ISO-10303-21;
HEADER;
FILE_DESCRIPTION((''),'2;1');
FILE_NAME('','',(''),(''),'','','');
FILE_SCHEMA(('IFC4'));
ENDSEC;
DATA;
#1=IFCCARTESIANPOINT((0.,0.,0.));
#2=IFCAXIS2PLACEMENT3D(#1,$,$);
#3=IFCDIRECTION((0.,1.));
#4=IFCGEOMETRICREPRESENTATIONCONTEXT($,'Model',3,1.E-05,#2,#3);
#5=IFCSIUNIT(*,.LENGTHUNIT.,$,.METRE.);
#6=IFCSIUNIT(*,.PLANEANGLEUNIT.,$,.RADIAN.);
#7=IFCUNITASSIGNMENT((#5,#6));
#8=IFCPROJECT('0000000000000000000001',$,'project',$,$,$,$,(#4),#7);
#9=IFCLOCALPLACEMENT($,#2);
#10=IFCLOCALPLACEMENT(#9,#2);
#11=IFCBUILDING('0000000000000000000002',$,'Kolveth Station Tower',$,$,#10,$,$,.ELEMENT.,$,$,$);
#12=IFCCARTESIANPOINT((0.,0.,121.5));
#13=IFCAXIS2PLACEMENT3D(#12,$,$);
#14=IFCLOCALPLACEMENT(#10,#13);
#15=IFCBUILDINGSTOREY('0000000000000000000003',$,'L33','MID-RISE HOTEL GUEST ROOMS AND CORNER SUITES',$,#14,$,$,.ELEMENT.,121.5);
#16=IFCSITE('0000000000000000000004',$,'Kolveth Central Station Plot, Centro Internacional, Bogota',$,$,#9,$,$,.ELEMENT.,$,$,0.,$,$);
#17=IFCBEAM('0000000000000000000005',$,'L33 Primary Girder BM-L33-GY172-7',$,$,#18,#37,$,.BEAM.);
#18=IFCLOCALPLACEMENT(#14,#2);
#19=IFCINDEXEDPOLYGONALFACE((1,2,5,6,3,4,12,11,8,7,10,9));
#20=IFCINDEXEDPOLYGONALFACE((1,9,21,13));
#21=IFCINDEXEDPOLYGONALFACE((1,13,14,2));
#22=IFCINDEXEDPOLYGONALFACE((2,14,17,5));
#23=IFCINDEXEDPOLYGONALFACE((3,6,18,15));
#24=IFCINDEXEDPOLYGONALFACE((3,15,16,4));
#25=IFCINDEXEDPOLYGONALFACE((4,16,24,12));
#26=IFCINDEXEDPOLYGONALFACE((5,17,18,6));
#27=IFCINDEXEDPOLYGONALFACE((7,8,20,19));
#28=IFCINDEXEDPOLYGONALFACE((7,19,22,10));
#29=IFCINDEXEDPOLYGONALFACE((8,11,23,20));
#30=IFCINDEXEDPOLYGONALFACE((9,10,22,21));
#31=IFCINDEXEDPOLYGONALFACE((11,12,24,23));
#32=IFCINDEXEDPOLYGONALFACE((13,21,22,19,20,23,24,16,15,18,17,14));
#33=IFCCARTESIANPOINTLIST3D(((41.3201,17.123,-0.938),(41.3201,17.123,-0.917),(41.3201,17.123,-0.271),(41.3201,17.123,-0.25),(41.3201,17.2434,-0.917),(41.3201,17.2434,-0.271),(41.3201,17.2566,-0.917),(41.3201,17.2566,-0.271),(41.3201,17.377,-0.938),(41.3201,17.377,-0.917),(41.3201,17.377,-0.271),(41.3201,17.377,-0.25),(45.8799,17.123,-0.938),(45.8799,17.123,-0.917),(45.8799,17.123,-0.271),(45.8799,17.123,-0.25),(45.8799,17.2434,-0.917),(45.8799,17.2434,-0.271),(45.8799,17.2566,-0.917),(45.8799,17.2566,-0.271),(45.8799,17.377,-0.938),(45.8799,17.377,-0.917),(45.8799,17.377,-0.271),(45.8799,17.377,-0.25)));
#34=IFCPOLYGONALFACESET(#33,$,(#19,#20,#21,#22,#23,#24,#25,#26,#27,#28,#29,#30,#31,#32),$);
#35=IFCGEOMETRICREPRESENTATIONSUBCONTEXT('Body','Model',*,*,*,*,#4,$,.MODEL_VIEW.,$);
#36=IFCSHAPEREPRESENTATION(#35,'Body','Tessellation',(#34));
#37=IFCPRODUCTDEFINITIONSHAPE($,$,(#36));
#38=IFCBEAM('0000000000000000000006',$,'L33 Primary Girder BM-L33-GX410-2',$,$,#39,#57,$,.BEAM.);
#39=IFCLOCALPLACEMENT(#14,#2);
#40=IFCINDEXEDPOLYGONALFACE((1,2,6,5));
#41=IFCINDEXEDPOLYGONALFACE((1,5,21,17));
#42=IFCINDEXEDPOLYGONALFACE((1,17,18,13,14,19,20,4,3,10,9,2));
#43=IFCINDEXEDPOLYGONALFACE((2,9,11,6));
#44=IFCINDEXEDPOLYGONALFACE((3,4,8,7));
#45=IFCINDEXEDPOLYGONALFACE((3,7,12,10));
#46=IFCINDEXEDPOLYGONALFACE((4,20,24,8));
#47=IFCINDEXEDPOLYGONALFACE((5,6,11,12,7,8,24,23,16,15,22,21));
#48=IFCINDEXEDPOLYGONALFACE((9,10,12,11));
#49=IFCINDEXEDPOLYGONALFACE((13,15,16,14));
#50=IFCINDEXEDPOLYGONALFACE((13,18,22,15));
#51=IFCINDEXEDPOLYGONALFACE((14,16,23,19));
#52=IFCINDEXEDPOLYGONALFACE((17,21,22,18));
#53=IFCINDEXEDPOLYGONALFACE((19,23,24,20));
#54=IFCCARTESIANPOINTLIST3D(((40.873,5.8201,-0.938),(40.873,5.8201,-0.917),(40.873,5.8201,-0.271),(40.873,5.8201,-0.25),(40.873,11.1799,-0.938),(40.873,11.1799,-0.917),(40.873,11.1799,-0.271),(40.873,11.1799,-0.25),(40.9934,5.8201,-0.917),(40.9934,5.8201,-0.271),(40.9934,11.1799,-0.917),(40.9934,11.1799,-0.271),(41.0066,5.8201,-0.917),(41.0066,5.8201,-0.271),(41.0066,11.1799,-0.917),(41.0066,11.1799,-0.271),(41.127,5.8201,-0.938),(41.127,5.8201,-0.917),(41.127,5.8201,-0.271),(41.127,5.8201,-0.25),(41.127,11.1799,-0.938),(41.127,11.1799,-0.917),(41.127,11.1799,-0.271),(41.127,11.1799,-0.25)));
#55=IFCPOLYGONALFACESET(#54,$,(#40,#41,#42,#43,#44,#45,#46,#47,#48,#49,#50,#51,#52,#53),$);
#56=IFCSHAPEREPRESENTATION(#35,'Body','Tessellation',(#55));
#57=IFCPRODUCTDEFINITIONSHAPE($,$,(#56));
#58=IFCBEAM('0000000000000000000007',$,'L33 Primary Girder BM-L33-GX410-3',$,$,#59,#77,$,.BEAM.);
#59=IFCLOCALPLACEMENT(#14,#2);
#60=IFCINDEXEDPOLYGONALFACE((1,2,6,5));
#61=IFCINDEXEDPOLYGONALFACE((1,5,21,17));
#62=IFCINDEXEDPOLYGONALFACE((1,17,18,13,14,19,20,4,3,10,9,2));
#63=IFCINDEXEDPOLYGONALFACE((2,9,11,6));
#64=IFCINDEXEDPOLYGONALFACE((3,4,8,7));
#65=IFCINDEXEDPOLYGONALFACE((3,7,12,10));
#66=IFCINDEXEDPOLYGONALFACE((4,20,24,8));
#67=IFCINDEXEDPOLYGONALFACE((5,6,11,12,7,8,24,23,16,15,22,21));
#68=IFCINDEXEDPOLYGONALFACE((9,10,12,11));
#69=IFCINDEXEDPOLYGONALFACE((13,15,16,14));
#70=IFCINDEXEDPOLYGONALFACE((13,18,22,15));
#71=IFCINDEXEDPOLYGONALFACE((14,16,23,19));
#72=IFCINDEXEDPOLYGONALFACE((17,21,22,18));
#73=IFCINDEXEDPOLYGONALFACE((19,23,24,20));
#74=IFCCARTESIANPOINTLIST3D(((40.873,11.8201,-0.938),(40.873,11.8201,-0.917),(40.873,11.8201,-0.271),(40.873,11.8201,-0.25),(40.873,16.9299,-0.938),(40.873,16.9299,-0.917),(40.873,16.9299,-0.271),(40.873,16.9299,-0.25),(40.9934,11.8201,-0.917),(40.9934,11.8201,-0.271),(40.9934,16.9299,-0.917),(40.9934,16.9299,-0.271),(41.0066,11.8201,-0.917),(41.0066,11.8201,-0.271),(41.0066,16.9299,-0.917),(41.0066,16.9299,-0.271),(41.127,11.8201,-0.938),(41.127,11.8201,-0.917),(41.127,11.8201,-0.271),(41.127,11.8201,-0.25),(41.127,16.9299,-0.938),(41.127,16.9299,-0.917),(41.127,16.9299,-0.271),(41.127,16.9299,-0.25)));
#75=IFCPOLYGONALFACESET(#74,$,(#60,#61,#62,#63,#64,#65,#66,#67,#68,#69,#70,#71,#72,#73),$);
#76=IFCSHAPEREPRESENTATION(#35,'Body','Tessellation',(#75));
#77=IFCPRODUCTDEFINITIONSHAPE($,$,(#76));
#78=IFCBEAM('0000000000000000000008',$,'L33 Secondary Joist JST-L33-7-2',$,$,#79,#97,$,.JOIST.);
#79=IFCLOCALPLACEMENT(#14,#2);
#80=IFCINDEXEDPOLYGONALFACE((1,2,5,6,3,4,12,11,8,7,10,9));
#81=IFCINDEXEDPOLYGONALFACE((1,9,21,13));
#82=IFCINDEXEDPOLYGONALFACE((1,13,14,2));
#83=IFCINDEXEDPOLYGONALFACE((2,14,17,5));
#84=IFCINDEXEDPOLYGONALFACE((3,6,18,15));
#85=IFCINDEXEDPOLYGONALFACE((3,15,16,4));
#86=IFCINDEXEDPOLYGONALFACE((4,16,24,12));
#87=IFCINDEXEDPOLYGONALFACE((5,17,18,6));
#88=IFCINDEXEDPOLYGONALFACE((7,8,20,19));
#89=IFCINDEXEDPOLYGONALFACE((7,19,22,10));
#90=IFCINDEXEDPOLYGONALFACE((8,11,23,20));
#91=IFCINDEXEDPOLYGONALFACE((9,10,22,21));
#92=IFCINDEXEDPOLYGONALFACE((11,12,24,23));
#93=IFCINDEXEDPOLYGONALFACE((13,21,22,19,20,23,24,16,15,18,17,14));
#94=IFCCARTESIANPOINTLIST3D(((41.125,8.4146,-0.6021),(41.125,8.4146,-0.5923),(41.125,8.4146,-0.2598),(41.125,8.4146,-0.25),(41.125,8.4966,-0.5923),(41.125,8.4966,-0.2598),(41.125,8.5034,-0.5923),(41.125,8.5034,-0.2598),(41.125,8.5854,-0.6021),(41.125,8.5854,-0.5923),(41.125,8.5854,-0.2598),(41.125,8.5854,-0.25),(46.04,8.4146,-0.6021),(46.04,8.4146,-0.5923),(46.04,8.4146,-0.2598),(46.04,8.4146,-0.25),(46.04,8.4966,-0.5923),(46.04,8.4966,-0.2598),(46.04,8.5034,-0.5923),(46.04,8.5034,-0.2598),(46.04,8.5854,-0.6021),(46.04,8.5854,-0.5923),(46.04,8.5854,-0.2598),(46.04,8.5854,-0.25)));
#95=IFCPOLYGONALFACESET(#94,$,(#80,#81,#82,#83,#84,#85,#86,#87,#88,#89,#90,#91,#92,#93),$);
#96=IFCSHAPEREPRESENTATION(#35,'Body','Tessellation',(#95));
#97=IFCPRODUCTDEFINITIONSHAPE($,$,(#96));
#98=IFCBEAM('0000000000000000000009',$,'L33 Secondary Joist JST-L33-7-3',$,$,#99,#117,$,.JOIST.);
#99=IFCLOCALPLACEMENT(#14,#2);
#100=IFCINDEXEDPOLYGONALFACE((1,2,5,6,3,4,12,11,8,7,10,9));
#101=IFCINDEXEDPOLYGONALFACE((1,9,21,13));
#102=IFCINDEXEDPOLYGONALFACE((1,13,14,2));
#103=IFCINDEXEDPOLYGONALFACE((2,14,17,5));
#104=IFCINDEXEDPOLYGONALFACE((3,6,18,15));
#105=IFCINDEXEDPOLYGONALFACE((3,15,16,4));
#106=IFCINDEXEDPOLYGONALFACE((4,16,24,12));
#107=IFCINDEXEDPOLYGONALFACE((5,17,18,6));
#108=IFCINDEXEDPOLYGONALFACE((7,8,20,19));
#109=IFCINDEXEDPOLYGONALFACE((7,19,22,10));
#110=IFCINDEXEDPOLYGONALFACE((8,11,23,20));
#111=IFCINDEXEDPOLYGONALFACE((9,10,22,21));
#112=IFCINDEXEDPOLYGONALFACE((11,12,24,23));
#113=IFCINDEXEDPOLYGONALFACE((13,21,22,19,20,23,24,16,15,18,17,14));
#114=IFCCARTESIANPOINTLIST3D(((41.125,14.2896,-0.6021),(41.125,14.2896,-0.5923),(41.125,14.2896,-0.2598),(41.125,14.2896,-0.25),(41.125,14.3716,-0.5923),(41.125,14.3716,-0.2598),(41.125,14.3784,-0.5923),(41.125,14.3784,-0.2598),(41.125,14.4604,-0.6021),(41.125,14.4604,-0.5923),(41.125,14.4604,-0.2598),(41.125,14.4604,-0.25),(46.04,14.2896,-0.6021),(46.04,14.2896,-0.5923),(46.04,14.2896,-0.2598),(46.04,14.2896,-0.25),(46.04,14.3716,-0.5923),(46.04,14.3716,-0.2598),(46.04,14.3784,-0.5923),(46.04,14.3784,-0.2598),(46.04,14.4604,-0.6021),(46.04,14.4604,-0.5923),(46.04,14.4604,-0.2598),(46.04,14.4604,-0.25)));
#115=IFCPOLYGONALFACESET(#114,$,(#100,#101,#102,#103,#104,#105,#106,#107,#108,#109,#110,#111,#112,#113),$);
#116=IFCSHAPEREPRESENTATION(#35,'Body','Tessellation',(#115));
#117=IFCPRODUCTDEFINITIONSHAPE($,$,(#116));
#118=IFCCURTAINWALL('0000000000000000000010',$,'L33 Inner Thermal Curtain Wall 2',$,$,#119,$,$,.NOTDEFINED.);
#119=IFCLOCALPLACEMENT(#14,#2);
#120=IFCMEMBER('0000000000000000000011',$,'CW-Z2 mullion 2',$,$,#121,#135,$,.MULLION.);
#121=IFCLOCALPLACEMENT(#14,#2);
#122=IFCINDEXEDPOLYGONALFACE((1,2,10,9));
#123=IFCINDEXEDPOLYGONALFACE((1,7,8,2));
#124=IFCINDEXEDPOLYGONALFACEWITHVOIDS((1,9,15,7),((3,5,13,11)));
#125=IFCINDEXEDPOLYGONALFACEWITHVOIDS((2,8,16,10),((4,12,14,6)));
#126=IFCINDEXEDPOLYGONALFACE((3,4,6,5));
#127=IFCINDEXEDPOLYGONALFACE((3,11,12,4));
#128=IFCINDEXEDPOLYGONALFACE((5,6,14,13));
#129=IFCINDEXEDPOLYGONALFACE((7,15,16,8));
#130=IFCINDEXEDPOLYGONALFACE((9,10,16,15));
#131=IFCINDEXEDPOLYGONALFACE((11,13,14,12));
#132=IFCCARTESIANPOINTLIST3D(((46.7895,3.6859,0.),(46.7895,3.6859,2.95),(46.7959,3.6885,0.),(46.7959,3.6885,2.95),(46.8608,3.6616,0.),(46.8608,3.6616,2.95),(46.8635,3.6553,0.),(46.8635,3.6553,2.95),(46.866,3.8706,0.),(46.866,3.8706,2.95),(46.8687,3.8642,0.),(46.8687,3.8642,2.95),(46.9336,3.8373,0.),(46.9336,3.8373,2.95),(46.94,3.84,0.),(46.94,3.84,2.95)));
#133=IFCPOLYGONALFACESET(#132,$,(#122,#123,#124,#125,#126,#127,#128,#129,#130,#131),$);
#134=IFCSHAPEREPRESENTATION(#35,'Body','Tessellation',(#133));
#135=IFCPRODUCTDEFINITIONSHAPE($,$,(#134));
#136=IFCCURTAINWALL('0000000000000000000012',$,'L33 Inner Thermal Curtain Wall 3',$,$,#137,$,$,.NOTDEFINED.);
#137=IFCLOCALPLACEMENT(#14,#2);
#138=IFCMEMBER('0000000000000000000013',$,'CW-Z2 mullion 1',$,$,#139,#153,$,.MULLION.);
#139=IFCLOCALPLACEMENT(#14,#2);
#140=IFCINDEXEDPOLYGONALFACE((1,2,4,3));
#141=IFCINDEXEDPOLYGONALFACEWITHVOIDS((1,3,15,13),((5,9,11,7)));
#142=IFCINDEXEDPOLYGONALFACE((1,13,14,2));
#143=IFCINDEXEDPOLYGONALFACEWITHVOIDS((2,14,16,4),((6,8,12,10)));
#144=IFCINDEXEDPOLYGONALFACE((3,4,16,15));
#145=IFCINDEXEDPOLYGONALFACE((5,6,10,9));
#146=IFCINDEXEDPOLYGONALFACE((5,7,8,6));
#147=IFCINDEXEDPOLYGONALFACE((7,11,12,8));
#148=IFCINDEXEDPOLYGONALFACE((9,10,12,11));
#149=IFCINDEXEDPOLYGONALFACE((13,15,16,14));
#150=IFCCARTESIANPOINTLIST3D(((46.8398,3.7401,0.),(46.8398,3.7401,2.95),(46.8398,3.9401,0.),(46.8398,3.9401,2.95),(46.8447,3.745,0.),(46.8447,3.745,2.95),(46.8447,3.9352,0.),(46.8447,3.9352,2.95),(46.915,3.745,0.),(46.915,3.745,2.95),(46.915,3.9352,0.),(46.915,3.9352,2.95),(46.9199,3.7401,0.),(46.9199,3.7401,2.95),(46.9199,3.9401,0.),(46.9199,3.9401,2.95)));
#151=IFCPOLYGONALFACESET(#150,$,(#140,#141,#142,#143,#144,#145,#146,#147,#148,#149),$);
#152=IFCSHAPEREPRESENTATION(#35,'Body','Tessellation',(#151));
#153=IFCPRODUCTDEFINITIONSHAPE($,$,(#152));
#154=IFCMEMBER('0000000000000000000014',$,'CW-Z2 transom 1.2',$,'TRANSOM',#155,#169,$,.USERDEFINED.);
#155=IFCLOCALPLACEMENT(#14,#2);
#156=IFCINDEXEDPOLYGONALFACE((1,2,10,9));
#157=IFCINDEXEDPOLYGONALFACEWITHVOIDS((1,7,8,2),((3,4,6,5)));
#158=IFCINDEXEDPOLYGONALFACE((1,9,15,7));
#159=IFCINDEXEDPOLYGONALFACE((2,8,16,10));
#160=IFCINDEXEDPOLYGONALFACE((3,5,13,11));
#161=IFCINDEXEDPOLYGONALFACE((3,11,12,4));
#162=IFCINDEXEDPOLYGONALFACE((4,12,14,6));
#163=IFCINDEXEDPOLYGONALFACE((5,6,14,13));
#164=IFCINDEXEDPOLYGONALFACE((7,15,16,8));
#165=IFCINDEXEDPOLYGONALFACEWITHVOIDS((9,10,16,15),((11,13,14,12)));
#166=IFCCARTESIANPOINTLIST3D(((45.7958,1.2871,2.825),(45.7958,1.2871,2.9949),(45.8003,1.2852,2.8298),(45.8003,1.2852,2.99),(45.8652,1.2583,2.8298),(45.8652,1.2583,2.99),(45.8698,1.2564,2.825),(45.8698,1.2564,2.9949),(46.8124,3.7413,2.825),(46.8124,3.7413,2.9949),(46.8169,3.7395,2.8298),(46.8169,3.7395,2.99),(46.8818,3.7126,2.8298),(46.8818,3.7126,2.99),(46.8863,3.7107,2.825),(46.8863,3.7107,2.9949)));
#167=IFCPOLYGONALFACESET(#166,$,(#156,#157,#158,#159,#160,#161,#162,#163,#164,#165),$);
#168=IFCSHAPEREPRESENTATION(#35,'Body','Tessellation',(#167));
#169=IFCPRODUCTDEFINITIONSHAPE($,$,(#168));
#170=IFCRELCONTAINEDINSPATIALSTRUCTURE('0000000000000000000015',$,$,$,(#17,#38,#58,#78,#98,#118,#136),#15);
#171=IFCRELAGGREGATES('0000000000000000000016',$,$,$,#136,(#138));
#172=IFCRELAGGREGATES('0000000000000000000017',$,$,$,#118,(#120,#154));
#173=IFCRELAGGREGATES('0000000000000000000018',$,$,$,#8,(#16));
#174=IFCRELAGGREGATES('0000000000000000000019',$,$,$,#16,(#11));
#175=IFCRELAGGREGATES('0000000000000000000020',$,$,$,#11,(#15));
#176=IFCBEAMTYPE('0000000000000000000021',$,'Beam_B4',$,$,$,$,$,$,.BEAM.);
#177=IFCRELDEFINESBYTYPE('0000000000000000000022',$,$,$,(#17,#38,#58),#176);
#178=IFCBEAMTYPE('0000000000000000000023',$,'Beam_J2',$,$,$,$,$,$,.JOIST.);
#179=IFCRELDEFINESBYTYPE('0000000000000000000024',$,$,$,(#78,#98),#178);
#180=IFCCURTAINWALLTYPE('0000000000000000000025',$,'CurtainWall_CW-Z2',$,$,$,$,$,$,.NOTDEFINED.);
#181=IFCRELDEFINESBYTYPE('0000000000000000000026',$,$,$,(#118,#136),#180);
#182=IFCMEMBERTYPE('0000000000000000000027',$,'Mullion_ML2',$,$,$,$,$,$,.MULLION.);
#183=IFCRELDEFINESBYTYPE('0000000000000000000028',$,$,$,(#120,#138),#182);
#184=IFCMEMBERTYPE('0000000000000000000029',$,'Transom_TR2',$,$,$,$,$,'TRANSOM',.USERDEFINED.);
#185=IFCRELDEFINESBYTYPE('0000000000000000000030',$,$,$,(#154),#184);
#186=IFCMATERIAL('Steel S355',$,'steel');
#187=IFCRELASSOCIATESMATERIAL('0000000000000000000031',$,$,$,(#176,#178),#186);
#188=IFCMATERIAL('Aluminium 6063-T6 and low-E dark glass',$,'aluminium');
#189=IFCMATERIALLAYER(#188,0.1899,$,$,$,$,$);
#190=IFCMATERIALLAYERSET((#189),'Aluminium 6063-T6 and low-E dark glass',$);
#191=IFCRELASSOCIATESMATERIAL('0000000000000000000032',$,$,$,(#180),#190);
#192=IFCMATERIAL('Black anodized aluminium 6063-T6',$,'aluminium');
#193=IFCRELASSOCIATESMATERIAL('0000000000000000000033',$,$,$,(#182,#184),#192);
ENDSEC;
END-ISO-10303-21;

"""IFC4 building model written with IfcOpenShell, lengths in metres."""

from ifc_helpers import new_model, si_unit, direction, frame, origin, origin_2d, place, context, subcontext, project, spatial, hollow_rectangle, i_section, extrude, source, transform, mapped, material, layer, layer_set, material_profile, profile_set, type_object, element, aggregate, save


model = new_model("IFC4")

# Units and contexts
model_context = context("Model", 3, precision=1e-05, world=origin(), true_north=direction((0.0, 1.0)))
body_context = subcontext(model_context, "Body", "Model", "MODEL_VIEW")
ifc_project = project(units=[si_unit("LENGTHUNIT", "METRE"), si_unit("PLANEANGLEUNIT", "RADIAN")], contexts=[model_context])

# Site, building, storey
site_placement = place(None, origin())
site = spatial("IfcSite", under=ifc_project, at=site_placement, Name="Kolveth Central Station Plot, Centro Internacional, Bogota", CompositionType="ELEMENT", RefElevation=0.0)
building_placement = place(site_placement, origin())
building = spatial("IfcBuilding", under=site, at=building_placement, Name="Kolveth Station Tower", CompositionType="ELEMENT")
storey_placement = place(building_placement, frame((0.0, 0.0, 121.5)))
storey = spatial("IfcBuildingStorey", under=building, at=storey_placement, Name="L33", Description="MID-RISE HOTEL GUEST ROOMS AND CORNER SUITES", CompositionType="ELEMENT", Elevation=121.5)

# Beams
ifc_material_1 = material(Name="Steel S355", Category="steel")
ifc_material_profile_1 = material_profile(ifc_material_1, i_section(OverallWidth=0.2539, OverallDepth=0.688, WebThickness=0.0132, FlangeThickness=0.021, at=origin_2d()), Name="W690x152")
ifc_profile_set_1 = profile_set([ifc_material_profile_1], Name="Steel S355")
beam_type_1 = type_object("IfcBeamType", Name="Beam_B4", PredefinedType="BEAM", material=ifc_profile_set_1)
shared_shape_1 = source(origin(), body_context, "Body", "SweptSolid", [
    extrude(i_section(OverallWidth=0.2539, OverallDepth=0.688, WebThickness=0.0132, FlangeThickness=0.021, at=origin_2d()), origin(), (0.0, 0.0, 1.0), 4.5598),
])
for number, where, z_axis, x_axis, name in (
    (1, (41.3201, 17.25, -0.594), (1.0, 0.0, 0.0), (0.0, 1.0, 0.0), "L33 Primary Girder BM-L33-GY172-7"),
):
    element("IfcBeam", number, at=place(storey_placement, frame(where, z_axis=z_axis, x_axis=x_axis)), inside=storey, type_object=beam_type_1, Name=name, PredefinedType="BEAM", context=body_context, shape_type="MappedRepresentation", body=[
        mapped(shared_shape_1, transform((0.0, 0.0, 0.0), x_axis=(1.0, 0.0, 0.0), y_axis=(0.0, 1.0, 0.0), z_axis=(0.0, 0.0, 1.0), scale=1.0)),
    ])
shared_shape_2 = source(origin(), body_context, "Body", "SweptSolid", [
    extrude(i_section(OverallWidth=0.2539, OverallDepth=0.688, WebThickness=0.0132, FlangeThickness=0.021, at=origin_2d()), origin(), (0.0, 0.0, 1.0), 5.3599),
])
beam_1_placement = place(storey_placement, frame((41.0, 5.8201, -0.594), z_axis=(0.0, 1.0, 0.0), x_axis=(-1.0, 0.0, 0.0)))
element("IfcBeam", 2, at=beam_1_placement, inside=storey, type_object=beam_type_1, Name="L33 Primary Girder BM-L33-GX410-2", PredefinedType="BEAM", context=body_context, shape_type="MappedRepresentation", body=[
    mapped(shared_shape_2, transform((0.0, 0.0, 0.0), x_axis=(1.0, 0.0, 0.0), y_axis=(0.0, 1.0, 0.0), z_axis=(0.0, 0.0, 1.0), scale=1.0)),
])
shared_shape_3 = source(origin(), body_context, "Body", "SweptSolid", [
    extrude(i_section(OverallWidth=0.2539, OverallDepth=0.688, WebThickness=0.0132, FlangeThickness=0.021, at=origin_2d()), origin(), (0.0, 0.0, 1.0), 5.1099),
])
beam_2_placement = place(storey_placement, frame((41.0, 11.8201, -0.594), z_axis=(0.0, 1.0, 0.0), x_axis=(-1.0, 0.0, 0.0)))
element("IfcBeam", 3, at=beam_2_placement, inside=storey, type_object=beam_type_1, Name="L33 Primary Girder BM-L33-GX410-3", PredefinedType="BEAM", context=body_context, shape_type="MappedRepresentation", body=[
    mapped(shared_shape_3, transform((0.0, 0.0, 0.0), x_axis=(1.0, 0.0, 0.0), y_axis=(0.0, 1.0, 0.0), z_axis=(0.0, 0.0, 1.0), scale=1.0)),
])
ifc_material_profile_2 = material_profile(ifc_material_1, i_section(OverallWidth=0.1709, OverallDepth=0.3521, WebThickness=0.0068, FlangeThickness=0.0098, at=origin_2d()), Name="W360x44")
ifc_profile_set_2 = profile_set([ifc_material_profile_2], Name="Steel S355")
beam_type_2 = type_object("IfcBeamType", Name="Beam_J2", PredefinedType="JOIST", material=ifc_profile_set_2)
shared_shape_4 = source(origin(), body_context, "Body", "SweptSolid", [
    extrude(i_section(OverallWidth=0.1709, OverallDepth=0.3521, WebThickness=0.0068, FlangeThickness=0.0098, at=origin_2d()), origin(), (0.0, 0.0, 1.0), 4.915),
])
for number, where, z_axis, x_axis, name in (
    (4, (41.125, 8.5, -0.426), (1.0, 0.0, 0.0), (0.0, 1.0, 0.0), "L33 Secondary Joist JST-L33-7-2"),
    (5, (41.125, 14.375, -0.426), (1.0, 0.0, 0.0), (0.0, 1.0, 0.0), "L33 Secondary Joist JST-L33-7-3"),
):
    element("IfcBeam", number, at=place(storey_placement, frame(where, z_axis=z_axis, x_axis=x_axis)), inside=storey, type_object=beam_type_2, Name=name, PredefinedType="JOIST", context=body_context, shape_type="MappedRepresentation", body=[
        mapped(shared_shape_4, transform((0.0, 0.0, 0.0), x_axis=(1.0, 0.0, 0.0), y_axis=(0.0, 1.0, 0.0), z_axis=(0.0, 0.0, 1.0), scale=1.0)),
    ])

# Curtain walls, members
ifc_material_2 = material(Name="Aluminium 6063-T6 and low-E dark glass", Category="aluminium")
ifc_layer_1 = layer(ifc_material_2, 0.1899)
ifc_layer_set_1 = layer_set([ifc_layer_1], Name="Aluminium 6063-T6 and low-E dark glass")
curtain_wall_type_1 = type_object("IfcCurtainWallType", Name="CurtainWall_CW-Z2", PredefinedType="NOTDEFINED", material=ifc_layer_set_1)
curtain_wall_1_placement = place(storey_placement, origin())
curtain_wall_1 = element("IfcCurtainWall", 6, at=curtain_wall_1_placement, inside=storey, type_object=curtain_wall_type_1, Name="L33 Inner Thermal Curtain Wall 2", PredefinedType="NOTDEFINED")
ifc_material_3 = material(Name="Black anodized aluminium 6063-T6", Category="aluminium")
ifc_material_profile_3 = material_profile(ifc_material_3, hollow_rectangle(XDim=0.0801, YDim=0.2, WallThickness=0.0049, at=origin_2d()), Name="ALU-80x200x5")
ifc_profile_set_3 = profile_set([ifc_material_profile_3], Name="Black anodized aluminium 6063-T6")
member_type_1 = type_object("IfcMemberType", Name="Mullion_ML2", PredefinedType="MULLION", material=ifc_profile_set_3)
shared_shape_5 = source(origin(), body_context, "Body", "SweptSolid", [
    extrude(hollow_rectangle(XDim=0.0801, YDim=0.2, WallThickness=0.0049, at=origin_2d()), origin(), (0.0, 0.0, 1.0), 2.95),
])
member_1_placement = place(storey_placement, frame((46.8647, 3.7629, 0.0), z_axis=(0.0, 0.0, 1.0), x_axis=(-0.923888, 0.382663, 0.0)))
member_1 = element("IfcMember", 7, at=member_1_placement, type_object=member_type_1, Name="CW-Z2 mullion 2", PredefinedType="MULLION", context=body_context, shape_type="MappedRepresentation", body=[
    mapped(shared_shape_5, transform((0.0, 0.0, 0.0), x_axis=(1.0, 0.0, 0.0), y_axis=(0.0, 1.0, 0.0), z_axis=(0.0, 0.0, 1.0), scale=1.0)),
])
curtain_wall_2_placement = place(storey_placement, origin())
curtain_wall_2 = element("IfcCurtainWall", 8, at=curtain_wall_2_placement, inside=storey, type_object=curtain_wall_type_1, Name="L33 Inner Thermal Curtain Wall 3", PredefinedType="NOTDEFINED")
member_2_placement = place(storey_placement, frame((46.8799, 3.8401, 0.0), z_axis=(0.0, 0.0, 1.0), x_axis=(-1.0, 0.0, 0.0)))
member_2 = element("IfcMember", 9, at=member_2_placement, type_object=member_type_1, Name="CW-Z2 mullion 1", PredefinedType="MULLION", context=body_context, shape_type="MappedRepresentation", body=[
    mapped(shared_shape_5, transform((0.0, 0.0, 0.0), x_axis=(1.0, 0.0, 0.0), y_axis=(0.0, 1.0, 0.0), z_axis=(0.0, 0.0, 1.0), scale=1.0)),
])

# Member
ifc_material_profile_4 = material_profile(ifc_material_3, hollow_rectangle(XDim=0.0801, YDim=0.1699, WallThickness=0.0049, at=origin_2d()), Name="ALU-80x170x5")
ifc_profile_set_4 = profile_set([ifc_material_profile_4], Name="Black anodized aluminium 6063-T6")
member_type_2 = type_object("IfcMemberType", Name="Transom_TR2", ElementType="TRANSOM", PredefinedType="USERDEFINED", material=ifc_profile_set_4)
shared_shape_6 = source(origin(), body_context, "Body", "SweptSolid", [
    extrude(hollow_rectangle(XDim=0.0801, YDim=0.1699, WallThickness=0.0049, at=origin_2d()), origin(), (0.0, 0.0, 1.0), 2.6565),
])
member_3_placement = place(storey_placement, frame((45.8328, 1.2717, 2.9099), z_axis=(0.382676, 0.923882, 0.0), x_axis=(-0.923882, 0.382676, 0.0)))
member_3 = element("IfcMember", 10, at=member_3_placement, type_object=member_type_2, Name="CW-Z2 transom 1.2", ObjectType="TRANSOM", PredefinedType="USERDEFINED", context=body_context, shape_type="MappedRepresentation", body=[
    mapped(shared_shape_6, transform((0.0, 0.0, 0.0), x_axis=(1.0, 0.0, 0.0), y_axis=(0.0, 1.0, 0.0), z_axis=(0.0, 0.0, 1.0), scale=1.0)),
])
aggregate(curtain_wall_2, [member_2])

aggregate(curtain_wall_1, [member_1, member_3])

save(model, "model.ifc")
